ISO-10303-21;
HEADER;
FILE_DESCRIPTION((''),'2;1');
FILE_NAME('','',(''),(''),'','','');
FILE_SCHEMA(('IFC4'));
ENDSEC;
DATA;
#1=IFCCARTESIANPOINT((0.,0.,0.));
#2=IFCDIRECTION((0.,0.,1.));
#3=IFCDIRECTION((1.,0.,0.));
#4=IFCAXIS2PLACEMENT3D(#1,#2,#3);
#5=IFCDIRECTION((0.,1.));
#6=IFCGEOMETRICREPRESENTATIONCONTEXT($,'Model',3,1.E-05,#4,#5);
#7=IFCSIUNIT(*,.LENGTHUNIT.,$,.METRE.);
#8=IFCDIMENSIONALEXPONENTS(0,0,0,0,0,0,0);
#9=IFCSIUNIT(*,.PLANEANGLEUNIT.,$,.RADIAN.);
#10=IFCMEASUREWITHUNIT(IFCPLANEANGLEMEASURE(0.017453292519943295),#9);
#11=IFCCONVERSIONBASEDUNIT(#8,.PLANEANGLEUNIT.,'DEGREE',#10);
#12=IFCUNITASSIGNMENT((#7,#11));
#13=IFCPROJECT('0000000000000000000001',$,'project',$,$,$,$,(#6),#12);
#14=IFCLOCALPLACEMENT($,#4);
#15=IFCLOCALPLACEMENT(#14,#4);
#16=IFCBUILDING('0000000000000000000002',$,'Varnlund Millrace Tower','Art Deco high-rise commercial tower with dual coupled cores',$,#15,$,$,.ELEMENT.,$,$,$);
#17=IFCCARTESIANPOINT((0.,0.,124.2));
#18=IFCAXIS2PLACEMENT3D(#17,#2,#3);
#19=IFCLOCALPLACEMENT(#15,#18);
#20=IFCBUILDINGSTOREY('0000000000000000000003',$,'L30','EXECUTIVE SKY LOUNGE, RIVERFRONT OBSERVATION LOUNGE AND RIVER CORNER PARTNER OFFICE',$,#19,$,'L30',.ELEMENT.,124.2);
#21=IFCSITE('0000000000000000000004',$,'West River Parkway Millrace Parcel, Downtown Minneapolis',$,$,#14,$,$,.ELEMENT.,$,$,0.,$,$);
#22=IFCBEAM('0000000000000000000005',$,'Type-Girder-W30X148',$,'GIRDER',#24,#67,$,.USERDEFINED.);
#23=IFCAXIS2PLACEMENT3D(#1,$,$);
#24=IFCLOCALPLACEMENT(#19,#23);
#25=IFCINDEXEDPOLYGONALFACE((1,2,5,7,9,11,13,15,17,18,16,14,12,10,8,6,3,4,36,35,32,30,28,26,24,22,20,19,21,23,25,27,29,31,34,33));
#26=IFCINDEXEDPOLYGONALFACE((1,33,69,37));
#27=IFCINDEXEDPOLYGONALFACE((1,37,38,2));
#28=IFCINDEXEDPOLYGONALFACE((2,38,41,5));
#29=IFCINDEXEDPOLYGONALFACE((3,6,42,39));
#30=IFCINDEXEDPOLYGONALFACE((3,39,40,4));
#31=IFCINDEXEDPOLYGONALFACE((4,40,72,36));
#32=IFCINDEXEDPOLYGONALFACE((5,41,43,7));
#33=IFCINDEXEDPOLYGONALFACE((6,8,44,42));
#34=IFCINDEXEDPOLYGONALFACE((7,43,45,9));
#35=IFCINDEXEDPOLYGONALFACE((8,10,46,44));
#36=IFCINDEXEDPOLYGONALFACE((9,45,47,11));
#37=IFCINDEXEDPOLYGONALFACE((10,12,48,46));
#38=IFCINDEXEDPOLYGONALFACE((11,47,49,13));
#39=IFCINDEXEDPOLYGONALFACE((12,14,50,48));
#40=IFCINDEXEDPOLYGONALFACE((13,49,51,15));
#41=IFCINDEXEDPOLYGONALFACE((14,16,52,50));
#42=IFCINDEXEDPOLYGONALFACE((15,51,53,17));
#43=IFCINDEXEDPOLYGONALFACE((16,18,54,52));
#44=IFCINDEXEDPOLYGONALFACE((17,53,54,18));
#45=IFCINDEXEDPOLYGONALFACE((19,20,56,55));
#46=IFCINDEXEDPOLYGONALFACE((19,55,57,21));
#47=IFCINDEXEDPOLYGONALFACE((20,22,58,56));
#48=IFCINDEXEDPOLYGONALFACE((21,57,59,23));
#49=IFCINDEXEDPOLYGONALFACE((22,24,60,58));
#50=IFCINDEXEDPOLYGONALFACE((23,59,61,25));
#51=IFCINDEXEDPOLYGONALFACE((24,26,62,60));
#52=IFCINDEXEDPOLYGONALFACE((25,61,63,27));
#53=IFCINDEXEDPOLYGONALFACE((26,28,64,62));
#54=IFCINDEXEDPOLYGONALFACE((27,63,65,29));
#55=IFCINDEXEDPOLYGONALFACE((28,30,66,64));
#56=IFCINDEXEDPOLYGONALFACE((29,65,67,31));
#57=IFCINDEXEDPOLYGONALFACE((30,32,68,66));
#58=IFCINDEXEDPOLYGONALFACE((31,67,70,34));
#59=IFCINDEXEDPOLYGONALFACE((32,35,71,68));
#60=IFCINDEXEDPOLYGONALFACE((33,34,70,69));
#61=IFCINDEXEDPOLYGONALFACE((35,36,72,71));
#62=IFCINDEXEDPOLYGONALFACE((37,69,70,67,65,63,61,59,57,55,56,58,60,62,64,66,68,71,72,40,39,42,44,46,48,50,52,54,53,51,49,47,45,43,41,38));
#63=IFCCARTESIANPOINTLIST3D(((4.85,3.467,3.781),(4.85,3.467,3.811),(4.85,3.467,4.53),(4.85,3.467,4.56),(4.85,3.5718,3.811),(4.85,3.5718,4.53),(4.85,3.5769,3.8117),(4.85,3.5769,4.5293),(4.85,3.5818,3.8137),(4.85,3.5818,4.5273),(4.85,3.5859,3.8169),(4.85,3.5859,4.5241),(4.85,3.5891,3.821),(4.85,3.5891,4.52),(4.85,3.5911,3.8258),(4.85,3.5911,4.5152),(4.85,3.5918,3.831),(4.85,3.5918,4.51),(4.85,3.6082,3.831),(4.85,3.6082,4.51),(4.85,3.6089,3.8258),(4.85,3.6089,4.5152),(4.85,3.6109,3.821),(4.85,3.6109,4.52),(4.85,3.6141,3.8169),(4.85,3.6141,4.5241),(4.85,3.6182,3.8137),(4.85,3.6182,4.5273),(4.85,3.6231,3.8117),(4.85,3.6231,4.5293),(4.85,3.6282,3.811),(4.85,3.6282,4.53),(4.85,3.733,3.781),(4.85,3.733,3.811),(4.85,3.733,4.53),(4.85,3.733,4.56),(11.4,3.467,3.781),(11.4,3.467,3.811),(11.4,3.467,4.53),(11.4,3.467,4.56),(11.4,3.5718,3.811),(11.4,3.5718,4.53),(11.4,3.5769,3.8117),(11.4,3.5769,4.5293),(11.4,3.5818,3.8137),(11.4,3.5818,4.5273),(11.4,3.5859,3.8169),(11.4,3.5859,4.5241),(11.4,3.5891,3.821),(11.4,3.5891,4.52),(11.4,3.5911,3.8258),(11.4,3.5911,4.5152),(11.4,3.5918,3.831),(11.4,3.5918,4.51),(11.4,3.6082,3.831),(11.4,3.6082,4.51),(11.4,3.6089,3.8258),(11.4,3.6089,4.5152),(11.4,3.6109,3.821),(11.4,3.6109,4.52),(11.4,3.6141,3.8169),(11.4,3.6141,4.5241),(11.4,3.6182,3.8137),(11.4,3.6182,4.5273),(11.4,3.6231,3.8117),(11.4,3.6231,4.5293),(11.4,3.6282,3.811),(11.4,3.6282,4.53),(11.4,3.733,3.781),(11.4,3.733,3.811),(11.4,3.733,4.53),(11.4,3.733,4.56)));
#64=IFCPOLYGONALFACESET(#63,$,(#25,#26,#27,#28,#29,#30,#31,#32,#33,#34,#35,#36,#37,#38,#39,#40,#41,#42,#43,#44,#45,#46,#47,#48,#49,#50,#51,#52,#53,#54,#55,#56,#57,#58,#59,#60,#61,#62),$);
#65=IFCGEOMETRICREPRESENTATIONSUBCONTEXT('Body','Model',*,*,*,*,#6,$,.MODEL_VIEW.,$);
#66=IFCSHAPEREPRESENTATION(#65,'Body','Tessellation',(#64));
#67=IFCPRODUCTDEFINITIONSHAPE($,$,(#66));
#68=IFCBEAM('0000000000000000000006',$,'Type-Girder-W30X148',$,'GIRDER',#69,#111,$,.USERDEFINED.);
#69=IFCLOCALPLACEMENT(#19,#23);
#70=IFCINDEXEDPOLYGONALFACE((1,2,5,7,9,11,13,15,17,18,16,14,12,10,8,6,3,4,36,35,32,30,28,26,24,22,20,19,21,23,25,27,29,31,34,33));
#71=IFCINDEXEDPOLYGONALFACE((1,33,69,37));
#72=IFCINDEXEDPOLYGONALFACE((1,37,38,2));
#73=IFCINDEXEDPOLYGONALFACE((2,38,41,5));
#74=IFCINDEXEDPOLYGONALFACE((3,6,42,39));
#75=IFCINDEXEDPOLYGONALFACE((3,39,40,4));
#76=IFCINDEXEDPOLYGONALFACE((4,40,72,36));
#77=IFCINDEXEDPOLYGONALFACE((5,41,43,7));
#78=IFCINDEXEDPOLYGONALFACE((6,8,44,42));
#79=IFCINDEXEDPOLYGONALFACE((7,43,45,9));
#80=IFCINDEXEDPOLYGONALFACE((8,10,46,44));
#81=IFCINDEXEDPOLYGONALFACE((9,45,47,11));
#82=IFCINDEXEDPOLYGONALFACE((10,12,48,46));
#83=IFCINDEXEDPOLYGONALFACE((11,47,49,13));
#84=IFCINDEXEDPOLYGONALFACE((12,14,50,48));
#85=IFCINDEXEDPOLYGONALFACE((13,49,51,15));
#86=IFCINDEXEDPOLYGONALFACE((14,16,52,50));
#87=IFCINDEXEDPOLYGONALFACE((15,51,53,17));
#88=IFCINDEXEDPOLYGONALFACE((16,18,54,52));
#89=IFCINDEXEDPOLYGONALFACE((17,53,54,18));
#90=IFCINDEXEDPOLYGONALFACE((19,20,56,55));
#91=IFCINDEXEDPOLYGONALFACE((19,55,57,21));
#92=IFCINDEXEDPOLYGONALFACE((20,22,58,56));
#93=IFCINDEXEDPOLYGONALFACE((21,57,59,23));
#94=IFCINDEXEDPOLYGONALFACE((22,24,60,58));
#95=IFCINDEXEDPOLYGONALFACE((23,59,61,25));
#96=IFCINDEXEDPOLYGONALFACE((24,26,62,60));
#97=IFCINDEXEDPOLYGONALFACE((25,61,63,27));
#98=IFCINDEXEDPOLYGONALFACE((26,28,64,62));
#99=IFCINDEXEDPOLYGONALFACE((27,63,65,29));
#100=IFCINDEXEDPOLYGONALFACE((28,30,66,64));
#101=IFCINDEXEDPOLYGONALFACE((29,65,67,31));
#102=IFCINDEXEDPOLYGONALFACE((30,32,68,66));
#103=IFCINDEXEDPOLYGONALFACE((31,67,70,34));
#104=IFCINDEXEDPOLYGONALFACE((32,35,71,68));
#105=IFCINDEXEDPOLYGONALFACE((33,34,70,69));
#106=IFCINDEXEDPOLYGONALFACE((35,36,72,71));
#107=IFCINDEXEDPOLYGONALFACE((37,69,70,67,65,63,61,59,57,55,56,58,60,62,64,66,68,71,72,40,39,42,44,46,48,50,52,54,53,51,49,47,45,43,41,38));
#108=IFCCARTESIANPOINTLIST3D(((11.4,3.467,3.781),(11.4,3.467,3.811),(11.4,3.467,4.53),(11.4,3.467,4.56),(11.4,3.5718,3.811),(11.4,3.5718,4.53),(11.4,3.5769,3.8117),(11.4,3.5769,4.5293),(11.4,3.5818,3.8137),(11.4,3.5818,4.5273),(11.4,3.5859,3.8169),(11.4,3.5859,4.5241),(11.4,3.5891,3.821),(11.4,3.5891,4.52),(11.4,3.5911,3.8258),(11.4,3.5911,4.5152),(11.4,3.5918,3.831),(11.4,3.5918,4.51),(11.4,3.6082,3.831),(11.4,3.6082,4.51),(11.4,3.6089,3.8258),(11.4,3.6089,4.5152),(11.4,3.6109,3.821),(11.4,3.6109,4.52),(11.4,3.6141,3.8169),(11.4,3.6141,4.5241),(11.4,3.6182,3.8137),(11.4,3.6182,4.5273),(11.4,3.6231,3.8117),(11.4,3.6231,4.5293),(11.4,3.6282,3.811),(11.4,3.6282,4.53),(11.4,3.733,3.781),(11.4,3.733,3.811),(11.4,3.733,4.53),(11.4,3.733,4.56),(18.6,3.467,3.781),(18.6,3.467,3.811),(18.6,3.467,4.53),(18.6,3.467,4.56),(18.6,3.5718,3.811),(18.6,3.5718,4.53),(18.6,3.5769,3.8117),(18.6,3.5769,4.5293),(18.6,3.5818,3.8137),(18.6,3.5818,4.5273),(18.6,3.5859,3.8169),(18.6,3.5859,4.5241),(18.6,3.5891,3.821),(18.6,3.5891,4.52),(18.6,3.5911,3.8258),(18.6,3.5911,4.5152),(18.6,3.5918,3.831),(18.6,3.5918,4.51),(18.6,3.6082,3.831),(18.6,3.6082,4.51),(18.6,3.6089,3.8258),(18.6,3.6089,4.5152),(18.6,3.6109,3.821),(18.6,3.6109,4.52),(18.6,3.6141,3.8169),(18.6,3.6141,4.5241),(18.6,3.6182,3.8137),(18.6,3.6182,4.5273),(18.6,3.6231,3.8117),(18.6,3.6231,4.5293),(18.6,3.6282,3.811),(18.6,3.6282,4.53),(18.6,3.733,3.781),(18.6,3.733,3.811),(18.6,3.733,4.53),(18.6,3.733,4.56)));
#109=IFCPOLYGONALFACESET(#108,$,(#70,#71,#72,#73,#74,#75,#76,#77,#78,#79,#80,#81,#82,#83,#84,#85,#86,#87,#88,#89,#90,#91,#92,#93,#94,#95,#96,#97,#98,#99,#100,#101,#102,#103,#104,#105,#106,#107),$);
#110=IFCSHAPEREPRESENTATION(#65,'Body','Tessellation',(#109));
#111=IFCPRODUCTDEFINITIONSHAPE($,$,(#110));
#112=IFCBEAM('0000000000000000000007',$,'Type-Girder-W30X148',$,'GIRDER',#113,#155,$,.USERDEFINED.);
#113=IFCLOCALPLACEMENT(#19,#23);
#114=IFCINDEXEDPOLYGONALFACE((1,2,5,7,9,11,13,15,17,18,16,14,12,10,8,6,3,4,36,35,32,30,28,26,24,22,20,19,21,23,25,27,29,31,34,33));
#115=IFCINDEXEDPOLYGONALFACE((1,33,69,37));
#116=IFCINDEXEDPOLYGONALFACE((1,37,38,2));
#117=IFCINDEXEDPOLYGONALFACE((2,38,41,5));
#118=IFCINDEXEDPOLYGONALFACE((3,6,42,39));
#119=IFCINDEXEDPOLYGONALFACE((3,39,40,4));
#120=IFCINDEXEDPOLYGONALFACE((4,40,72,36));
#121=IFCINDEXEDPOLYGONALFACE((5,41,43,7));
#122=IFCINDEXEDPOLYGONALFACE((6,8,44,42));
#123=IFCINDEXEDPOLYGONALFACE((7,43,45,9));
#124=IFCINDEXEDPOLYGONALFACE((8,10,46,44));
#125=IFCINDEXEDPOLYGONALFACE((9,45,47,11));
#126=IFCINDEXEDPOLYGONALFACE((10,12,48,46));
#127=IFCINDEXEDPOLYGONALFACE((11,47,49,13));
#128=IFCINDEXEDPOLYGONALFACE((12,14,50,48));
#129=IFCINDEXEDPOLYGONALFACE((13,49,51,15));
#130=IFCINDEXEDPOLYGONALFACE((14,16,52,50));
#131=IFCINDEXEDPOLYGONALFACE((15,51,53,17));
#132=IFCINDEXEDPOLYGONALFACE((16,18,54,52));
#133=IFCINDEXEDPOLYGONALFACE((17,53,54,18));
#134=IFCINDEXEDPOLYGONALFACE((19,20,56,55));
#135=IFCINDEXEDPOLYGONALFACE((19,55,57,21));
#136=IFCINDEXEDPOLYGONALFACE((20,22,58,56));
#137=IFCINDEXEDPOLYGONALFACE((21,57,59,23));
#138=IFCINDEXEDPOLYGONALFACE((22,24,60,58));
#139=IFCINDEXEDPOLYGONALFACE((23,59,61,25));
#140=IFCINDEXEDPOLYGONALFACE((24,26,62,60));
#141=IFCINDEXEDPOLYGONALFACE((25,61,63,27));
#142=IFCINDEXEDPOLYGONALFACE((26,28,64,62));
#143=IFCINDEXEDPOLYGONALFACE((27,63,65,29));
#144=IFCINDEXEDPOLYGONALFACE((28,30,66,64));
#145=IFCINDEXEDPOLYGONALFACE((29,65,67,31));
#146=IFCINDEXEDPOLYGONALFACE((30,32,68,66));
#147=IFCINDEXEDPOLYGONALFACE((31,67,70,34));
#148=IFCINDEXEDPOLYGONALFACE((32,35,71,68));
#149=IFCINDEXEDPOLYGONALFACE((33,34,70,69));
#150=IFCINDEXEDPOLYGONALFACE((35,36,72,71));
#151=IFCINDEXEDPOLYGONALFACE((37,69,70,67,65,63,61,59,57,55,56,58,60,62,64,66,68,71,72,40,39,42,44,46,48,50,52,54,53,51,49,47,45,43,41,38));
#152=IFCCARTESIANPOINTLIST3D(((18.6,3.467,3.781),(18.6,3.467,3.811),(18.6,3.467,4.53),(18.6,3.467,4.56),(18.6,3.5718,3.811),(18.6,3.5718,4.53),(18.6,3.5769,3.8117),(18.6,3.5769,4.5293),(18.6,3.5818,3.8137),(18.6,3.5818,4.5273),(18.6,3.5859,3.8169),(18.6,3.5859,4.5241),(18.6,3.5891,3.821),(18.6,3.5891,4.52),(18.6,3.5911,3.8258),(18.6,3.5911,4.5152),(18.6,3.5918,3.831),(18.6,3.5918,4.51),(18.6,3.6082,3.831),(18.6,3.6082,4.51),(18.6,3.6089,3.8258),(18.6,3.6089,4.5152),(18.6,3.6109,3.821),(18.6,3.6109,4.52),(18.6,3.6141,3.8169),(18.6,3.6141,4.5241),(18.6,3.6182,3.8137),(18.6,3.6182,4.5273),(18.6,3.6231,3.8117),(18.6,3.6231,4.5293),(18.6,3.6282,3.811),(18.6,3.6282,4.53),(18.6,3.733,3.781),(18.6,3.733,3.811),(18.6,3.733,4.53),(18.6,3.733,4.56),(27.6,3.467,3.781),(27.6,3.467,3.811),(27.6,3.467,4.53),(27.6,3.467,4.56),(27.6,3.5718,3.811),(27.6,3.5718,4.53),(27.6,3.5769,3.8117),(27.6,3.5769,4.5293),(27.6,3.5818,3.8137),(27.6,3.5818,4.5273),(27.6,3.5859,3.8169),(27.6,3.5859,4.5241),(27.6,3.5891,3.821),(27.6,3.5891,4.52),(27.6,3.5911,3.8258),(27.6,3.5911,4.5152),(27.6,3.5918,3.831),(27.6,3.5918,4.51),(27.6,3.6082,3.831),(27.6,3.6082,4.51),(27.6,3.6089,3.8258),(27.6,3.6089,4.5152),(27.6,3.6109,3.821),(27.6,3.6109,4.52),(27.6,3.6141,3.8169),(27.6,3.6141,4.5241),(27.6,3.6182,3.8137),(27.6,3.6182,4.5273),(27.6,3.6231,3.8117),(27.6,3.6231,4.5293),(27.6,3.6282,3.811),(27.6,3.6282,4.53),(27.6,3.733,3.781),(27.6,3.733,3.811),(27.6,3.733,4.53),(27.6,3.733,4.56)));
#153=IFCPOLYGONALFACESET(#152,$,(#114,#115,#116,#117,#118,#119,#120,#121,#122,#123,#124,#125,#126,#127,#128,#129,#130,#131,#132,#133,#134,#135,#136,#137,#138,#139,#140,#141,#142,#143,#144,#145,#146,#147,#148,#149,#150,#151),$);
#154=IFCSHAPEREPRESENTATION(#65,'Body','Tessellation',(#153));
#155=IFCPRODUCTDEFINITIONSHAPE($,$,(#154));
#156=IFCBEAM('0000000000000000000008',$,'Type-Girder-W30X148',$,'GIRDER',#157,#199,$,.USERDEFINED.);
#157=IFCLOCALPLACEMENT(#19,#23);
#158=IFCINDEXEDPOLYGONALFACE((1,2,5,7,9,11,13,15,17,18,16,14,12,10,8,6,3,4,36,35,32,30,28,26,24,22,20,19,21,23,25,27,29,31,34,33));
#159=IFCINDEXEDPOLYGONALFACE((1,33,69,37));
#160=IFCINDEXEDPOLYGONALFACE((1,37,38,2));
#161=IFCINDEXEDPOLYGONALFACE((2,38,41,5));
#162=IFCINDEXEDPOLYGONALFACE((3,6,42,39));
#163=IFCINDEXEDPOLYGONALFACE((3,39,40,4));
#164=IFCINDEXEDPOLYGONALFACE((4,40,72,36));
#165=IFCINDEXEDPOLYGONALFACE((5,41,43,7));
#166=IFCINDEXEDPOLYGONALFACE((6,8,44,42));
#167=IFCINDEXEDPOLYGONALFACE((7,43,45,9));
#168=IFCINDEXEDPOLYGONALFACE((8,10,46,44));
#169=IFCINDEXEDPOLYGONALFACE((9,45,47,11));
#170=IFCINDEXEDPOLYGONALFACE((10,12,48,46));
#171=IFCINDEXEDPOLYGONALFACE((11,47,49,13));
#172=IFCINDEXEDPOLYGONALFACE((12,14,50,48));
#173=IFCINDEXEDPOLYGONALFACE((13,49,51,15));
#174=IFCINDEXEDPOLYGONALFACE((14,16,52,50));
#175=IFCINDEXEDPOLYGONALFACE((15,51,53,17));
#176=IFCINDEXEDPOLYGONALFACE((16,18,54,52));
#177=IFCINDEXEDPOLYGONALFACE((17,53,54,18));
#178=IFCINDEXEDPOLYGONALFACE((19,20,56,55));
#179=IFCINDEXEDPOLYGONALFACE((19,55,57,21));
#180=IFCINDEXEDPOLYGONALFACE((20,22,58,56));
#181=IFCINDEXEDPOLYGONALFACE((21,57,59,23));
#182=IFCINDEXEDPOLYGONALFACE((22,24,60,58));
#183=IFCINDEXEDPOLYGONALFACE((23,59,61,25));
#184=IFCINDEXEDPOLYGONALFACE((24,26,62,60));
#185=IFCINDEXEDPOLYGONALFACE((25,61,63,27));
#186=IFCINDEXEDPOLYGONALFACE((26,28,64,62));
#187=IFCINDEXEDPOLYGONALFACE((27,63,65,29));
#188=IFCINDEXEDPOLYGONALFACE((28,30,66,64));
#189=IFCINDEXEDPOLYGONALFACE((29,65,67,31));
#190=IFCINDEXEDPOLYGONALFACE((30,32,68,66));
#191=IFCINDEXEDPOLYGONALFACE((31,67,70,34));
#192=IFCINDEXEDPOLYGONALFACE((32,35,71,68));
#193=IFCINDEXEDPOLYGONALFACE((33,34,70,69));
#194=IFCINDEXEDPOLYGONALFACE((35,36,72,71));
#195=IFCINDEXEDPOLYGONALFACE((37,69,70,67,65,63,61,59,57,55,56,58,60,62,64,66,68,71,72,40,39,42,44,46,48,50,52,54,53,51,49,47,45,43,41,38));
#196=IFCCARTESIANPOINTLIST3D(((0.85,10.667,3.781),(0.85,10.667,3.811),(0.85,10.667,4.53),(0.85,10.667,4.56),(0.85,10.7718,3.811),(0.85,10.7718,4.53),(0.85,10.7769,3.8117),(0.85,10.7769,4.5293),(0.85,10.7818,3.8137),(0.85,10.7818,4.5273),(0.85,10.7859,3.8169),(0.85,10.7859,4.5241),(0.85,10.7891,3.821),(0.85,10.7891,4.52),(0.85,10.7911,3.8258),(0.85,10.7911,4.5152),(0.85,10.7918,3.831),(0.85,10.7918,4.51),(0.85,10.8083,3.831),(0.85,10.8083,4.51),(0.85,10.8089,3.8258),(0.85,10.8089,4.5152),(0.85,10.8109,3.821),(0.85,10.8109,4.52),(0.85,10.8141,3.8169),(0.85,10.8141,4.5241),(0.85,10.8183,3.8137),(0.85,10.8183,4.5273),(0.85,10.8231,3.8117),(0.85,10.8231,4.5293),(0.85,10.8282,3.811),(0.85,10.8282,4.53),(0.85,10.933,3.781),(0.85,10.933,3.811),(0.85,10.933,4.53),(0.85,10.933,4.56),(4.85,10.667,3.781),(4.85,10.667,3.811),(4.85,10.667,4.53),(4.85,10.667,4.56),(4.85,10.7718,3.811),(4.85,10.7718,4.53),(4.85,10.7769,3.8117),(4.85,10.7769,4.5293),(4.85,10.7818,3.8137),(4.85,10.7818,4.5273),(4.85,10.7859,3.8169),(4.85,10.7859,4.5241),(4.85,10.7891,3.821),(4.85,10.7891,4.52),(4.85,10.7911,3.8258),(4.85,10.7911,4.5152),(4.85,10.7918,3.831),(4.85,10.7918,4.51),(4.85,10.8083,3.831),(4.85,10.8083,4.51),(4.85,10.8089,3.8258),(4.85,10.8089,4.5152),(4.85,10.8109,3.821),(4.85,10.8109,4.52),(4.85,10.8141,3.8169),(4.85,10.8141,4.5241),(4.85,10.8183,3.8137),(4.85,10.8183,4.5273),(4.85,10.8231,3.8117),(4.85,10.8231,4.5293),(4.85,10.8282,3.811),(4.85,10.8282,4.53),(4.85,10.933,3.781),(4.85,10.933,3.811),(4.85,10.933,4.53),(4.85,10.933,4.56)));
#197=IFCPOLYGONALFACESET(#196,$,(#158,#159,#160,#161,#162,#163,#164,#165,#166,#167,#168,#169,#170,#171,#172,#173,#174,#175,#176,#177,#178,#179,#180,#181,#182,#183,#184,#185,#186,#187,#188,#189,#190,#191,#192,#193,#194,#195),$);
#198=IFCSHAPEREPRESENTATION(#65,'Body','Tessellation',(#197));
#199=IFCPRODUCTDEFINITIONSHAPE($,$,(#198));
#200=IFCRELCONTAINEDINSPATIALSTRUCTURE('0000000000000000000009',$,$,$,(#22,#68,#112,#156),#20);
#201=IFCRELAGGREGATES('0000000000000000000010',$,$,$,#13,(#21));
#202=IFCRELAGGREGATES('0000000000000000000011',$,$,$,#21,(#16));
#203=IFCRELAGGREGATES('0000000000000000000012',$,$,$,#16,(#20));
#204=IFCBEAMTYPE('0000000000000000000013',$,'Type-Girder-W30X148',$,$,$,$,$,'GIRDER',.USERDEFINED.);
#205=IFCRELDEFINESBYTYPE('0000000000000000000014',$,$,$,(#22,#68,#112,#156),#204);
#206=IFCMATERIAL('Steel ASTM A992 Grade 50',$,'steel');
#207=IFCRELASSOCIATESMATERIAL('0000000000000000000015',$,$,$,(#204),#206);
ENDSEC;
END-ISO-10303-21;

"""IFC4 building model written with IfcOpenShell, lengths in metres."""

from ifc_helpers import new_model, entity, si_unit, converted_unit, direction, frame, origin_with_axes, origin_2d_with_axis, place, context, subcontext, project, spatial, i_section, extrude, material, material_profile, profile_set, type_object, element, save


model = new_model("IFC4")

# Units and contexts
model_context = context("Model", 3, precision=1e-05, world=origin_with_axes(), true_north=direction((0.0, 1.0)))
body_context = subcontext(model_context, "Body", "Model", "MODEL_VIEW")
ifc_project = project(units=[si_unit("LENGTHUNIT", "METRE"), converted_unit("PLANEANGLEUNIT", "DEGREE", entity("IfcPlaneAngleMeasure", 0.017453292519943295), si_unit("PLANEANGLEUNIT", "RADIAN"), dimensions=[0, 0, 0, 0, 0, 0, 0])], contexts=[model_context])

# Site, building, storey
site_placement = place(None, origin_with_axes())
site = spatial("IfcSite", under=ifc_project, at=site_placement, Name="West River Parkway Millrace Parcel, Downtown Minneapolis", CompositionType="ELEMENT", RefElevation=0.0)
building_placement = place(site_placement, origin_with_axes())
building = spatial("IfcBuilding", under=site, at=building_placement, Name="Varnlund Millrace Tower", Description="Art Deco high-rise commercial tower with dual coupled cores", CompositionType="ELEMENT")
storey_placement = place(building_placement, frame((0.0, 0.0, 124.2), z_axis=(0.0, 0.0, 1.0), x_axis=(1.0, 0.0, 0.0)))
storey = spatial("IfcBuildingStorey", under=building, at=storey_placement, Name="L30", Description="EXECUTIVE SKY LOUNGE, RIVERFRONT OBSERVATION LOUNGE AND RIVER CORNER PARTNER OFFICE", LongName="L30", CompositionType="ELEMENT", Elevation=124.2)

# Beams
ifc_material_1 = material(Name="Steel ASTM A992 Grade 50", Category="steel")
ifc_material_profile_1 = material_profile(ifc_material_1, i_section(OverallWidth=0.266, OverallDepth=0.779, WebThickness=0.0165, FlangeThickness=0.03, FilletRadius=0.02, at=origin_2d_with_axis()), Name="Steel ASTM A992 Grade 50")
ifc_profile_set_1 = profile_set([ifc_material_profile_1], Name="Steel ASTM A992 Grade 50")
beam_type_1 = type_object("IfcBeamType", Name="Type-Girder-W30X148", ElementType="GIRDER", PredefinedType="USERDEFINED", material=ifc_profile_set_1)
beam_1_placement = place(storey_placement, frame((4.85, 3.6, 4.1705), z_axis=(1.0, 0.0, 0.0), x_axis=(0.0, 1.0, 0.0)))
element("IfcBeam", 1, at=beam_1_placement, inside=storey, type_object=beam_type_1, Name="Type-Girder-W30X148", ObjectType="GIRDER", PredefinedType="USERDEFINED", context=body_context, shape_type="SweptSolid", body=[
    extrude(i_section(OverallWidth=0.266, OverallDepth=0.779, WebThickness=0.0165, FlangeThickness=0.03, FilletRadius=0.02, at=origin_2d_with_axis()), origin_with_axes(), (0.0, 0.0, 1.0), 6.55),
])
beam_2_placement = place(storey_placement, frame((11.4, 3.6, 4.1705), z_axis=(1.0, 0.0, 0.0), x_axis=(0.0, 1.0, 0.0)))
element("IfcBeam", 2, at=beam_2_placement, inside=storey, type_object=beam_type_1, Name="Type-Girder-W30X148", ObjectType="GIRDER", PredefinedType="USERDEFINED", context=body_context, shape_type="SweptSolid", body=[
    extrude(i_section(OverallWidth=0.266, OverallDepth=0.779, WebThickness=0.0165, FlangeThickness=0.03, FilletRadius=0.02, at=origin_2d_with_axis()), origin_with_axes(), (0.0, 0.0, 1.0), 7.2),
])
beam_3_placement = place(storey_placement, frame((18.6, 3.6, 4.1705), z_axis=(1.0, 0.0, 0.0), x_axis=(0.0, 1.0, 0.0)))
element("IfcBeam", 3, at=beam_3_placement, inside=storey, type_object=beam_type_1, Name="Type-Girder-W30X148", ObjectType="GIRDER", PredefinedType="USERDEFINED", context=body_context, shape_type="SweptSolid", body=[
    extrude(i_section(OverallWidth=0.266, OverallDepth=0.779, WebThickness=0.0165, FlangeThickness=0.03, FilletRadius=0.02, at=origin_2d_with_axis()), origin_with_axes(), (0.0, 0.0, 1.0), 9.0),
])
beam_4_placement = place(storey_placement, frame((0.85, 10.8, 4.1705), z_axis=(1.0, 0.0, 0.0), x_axis=(0.0, 1.0, 0.0)))
element("IfcBeam", 4, at=beam_4_placement, inside=storey, type_object=beam_type_1, Name="Type-Girder-W30X148", ObjectType="GIRDER", PredefinedType="USERDEFINED", context=body_context, shape_type="SweptSolid", body=[
    extrude(i_section(OverallWidth=0.266, OverallDepth=0.779, WebThickness=0.0165, FlangeThickness=0.03, FilletRadius=0.02, at=origin_2d_with_axis()), origin_with_axes(), (0.0, 0.0, 1.0), 4.0),
])

save(model, "model.ifc")
